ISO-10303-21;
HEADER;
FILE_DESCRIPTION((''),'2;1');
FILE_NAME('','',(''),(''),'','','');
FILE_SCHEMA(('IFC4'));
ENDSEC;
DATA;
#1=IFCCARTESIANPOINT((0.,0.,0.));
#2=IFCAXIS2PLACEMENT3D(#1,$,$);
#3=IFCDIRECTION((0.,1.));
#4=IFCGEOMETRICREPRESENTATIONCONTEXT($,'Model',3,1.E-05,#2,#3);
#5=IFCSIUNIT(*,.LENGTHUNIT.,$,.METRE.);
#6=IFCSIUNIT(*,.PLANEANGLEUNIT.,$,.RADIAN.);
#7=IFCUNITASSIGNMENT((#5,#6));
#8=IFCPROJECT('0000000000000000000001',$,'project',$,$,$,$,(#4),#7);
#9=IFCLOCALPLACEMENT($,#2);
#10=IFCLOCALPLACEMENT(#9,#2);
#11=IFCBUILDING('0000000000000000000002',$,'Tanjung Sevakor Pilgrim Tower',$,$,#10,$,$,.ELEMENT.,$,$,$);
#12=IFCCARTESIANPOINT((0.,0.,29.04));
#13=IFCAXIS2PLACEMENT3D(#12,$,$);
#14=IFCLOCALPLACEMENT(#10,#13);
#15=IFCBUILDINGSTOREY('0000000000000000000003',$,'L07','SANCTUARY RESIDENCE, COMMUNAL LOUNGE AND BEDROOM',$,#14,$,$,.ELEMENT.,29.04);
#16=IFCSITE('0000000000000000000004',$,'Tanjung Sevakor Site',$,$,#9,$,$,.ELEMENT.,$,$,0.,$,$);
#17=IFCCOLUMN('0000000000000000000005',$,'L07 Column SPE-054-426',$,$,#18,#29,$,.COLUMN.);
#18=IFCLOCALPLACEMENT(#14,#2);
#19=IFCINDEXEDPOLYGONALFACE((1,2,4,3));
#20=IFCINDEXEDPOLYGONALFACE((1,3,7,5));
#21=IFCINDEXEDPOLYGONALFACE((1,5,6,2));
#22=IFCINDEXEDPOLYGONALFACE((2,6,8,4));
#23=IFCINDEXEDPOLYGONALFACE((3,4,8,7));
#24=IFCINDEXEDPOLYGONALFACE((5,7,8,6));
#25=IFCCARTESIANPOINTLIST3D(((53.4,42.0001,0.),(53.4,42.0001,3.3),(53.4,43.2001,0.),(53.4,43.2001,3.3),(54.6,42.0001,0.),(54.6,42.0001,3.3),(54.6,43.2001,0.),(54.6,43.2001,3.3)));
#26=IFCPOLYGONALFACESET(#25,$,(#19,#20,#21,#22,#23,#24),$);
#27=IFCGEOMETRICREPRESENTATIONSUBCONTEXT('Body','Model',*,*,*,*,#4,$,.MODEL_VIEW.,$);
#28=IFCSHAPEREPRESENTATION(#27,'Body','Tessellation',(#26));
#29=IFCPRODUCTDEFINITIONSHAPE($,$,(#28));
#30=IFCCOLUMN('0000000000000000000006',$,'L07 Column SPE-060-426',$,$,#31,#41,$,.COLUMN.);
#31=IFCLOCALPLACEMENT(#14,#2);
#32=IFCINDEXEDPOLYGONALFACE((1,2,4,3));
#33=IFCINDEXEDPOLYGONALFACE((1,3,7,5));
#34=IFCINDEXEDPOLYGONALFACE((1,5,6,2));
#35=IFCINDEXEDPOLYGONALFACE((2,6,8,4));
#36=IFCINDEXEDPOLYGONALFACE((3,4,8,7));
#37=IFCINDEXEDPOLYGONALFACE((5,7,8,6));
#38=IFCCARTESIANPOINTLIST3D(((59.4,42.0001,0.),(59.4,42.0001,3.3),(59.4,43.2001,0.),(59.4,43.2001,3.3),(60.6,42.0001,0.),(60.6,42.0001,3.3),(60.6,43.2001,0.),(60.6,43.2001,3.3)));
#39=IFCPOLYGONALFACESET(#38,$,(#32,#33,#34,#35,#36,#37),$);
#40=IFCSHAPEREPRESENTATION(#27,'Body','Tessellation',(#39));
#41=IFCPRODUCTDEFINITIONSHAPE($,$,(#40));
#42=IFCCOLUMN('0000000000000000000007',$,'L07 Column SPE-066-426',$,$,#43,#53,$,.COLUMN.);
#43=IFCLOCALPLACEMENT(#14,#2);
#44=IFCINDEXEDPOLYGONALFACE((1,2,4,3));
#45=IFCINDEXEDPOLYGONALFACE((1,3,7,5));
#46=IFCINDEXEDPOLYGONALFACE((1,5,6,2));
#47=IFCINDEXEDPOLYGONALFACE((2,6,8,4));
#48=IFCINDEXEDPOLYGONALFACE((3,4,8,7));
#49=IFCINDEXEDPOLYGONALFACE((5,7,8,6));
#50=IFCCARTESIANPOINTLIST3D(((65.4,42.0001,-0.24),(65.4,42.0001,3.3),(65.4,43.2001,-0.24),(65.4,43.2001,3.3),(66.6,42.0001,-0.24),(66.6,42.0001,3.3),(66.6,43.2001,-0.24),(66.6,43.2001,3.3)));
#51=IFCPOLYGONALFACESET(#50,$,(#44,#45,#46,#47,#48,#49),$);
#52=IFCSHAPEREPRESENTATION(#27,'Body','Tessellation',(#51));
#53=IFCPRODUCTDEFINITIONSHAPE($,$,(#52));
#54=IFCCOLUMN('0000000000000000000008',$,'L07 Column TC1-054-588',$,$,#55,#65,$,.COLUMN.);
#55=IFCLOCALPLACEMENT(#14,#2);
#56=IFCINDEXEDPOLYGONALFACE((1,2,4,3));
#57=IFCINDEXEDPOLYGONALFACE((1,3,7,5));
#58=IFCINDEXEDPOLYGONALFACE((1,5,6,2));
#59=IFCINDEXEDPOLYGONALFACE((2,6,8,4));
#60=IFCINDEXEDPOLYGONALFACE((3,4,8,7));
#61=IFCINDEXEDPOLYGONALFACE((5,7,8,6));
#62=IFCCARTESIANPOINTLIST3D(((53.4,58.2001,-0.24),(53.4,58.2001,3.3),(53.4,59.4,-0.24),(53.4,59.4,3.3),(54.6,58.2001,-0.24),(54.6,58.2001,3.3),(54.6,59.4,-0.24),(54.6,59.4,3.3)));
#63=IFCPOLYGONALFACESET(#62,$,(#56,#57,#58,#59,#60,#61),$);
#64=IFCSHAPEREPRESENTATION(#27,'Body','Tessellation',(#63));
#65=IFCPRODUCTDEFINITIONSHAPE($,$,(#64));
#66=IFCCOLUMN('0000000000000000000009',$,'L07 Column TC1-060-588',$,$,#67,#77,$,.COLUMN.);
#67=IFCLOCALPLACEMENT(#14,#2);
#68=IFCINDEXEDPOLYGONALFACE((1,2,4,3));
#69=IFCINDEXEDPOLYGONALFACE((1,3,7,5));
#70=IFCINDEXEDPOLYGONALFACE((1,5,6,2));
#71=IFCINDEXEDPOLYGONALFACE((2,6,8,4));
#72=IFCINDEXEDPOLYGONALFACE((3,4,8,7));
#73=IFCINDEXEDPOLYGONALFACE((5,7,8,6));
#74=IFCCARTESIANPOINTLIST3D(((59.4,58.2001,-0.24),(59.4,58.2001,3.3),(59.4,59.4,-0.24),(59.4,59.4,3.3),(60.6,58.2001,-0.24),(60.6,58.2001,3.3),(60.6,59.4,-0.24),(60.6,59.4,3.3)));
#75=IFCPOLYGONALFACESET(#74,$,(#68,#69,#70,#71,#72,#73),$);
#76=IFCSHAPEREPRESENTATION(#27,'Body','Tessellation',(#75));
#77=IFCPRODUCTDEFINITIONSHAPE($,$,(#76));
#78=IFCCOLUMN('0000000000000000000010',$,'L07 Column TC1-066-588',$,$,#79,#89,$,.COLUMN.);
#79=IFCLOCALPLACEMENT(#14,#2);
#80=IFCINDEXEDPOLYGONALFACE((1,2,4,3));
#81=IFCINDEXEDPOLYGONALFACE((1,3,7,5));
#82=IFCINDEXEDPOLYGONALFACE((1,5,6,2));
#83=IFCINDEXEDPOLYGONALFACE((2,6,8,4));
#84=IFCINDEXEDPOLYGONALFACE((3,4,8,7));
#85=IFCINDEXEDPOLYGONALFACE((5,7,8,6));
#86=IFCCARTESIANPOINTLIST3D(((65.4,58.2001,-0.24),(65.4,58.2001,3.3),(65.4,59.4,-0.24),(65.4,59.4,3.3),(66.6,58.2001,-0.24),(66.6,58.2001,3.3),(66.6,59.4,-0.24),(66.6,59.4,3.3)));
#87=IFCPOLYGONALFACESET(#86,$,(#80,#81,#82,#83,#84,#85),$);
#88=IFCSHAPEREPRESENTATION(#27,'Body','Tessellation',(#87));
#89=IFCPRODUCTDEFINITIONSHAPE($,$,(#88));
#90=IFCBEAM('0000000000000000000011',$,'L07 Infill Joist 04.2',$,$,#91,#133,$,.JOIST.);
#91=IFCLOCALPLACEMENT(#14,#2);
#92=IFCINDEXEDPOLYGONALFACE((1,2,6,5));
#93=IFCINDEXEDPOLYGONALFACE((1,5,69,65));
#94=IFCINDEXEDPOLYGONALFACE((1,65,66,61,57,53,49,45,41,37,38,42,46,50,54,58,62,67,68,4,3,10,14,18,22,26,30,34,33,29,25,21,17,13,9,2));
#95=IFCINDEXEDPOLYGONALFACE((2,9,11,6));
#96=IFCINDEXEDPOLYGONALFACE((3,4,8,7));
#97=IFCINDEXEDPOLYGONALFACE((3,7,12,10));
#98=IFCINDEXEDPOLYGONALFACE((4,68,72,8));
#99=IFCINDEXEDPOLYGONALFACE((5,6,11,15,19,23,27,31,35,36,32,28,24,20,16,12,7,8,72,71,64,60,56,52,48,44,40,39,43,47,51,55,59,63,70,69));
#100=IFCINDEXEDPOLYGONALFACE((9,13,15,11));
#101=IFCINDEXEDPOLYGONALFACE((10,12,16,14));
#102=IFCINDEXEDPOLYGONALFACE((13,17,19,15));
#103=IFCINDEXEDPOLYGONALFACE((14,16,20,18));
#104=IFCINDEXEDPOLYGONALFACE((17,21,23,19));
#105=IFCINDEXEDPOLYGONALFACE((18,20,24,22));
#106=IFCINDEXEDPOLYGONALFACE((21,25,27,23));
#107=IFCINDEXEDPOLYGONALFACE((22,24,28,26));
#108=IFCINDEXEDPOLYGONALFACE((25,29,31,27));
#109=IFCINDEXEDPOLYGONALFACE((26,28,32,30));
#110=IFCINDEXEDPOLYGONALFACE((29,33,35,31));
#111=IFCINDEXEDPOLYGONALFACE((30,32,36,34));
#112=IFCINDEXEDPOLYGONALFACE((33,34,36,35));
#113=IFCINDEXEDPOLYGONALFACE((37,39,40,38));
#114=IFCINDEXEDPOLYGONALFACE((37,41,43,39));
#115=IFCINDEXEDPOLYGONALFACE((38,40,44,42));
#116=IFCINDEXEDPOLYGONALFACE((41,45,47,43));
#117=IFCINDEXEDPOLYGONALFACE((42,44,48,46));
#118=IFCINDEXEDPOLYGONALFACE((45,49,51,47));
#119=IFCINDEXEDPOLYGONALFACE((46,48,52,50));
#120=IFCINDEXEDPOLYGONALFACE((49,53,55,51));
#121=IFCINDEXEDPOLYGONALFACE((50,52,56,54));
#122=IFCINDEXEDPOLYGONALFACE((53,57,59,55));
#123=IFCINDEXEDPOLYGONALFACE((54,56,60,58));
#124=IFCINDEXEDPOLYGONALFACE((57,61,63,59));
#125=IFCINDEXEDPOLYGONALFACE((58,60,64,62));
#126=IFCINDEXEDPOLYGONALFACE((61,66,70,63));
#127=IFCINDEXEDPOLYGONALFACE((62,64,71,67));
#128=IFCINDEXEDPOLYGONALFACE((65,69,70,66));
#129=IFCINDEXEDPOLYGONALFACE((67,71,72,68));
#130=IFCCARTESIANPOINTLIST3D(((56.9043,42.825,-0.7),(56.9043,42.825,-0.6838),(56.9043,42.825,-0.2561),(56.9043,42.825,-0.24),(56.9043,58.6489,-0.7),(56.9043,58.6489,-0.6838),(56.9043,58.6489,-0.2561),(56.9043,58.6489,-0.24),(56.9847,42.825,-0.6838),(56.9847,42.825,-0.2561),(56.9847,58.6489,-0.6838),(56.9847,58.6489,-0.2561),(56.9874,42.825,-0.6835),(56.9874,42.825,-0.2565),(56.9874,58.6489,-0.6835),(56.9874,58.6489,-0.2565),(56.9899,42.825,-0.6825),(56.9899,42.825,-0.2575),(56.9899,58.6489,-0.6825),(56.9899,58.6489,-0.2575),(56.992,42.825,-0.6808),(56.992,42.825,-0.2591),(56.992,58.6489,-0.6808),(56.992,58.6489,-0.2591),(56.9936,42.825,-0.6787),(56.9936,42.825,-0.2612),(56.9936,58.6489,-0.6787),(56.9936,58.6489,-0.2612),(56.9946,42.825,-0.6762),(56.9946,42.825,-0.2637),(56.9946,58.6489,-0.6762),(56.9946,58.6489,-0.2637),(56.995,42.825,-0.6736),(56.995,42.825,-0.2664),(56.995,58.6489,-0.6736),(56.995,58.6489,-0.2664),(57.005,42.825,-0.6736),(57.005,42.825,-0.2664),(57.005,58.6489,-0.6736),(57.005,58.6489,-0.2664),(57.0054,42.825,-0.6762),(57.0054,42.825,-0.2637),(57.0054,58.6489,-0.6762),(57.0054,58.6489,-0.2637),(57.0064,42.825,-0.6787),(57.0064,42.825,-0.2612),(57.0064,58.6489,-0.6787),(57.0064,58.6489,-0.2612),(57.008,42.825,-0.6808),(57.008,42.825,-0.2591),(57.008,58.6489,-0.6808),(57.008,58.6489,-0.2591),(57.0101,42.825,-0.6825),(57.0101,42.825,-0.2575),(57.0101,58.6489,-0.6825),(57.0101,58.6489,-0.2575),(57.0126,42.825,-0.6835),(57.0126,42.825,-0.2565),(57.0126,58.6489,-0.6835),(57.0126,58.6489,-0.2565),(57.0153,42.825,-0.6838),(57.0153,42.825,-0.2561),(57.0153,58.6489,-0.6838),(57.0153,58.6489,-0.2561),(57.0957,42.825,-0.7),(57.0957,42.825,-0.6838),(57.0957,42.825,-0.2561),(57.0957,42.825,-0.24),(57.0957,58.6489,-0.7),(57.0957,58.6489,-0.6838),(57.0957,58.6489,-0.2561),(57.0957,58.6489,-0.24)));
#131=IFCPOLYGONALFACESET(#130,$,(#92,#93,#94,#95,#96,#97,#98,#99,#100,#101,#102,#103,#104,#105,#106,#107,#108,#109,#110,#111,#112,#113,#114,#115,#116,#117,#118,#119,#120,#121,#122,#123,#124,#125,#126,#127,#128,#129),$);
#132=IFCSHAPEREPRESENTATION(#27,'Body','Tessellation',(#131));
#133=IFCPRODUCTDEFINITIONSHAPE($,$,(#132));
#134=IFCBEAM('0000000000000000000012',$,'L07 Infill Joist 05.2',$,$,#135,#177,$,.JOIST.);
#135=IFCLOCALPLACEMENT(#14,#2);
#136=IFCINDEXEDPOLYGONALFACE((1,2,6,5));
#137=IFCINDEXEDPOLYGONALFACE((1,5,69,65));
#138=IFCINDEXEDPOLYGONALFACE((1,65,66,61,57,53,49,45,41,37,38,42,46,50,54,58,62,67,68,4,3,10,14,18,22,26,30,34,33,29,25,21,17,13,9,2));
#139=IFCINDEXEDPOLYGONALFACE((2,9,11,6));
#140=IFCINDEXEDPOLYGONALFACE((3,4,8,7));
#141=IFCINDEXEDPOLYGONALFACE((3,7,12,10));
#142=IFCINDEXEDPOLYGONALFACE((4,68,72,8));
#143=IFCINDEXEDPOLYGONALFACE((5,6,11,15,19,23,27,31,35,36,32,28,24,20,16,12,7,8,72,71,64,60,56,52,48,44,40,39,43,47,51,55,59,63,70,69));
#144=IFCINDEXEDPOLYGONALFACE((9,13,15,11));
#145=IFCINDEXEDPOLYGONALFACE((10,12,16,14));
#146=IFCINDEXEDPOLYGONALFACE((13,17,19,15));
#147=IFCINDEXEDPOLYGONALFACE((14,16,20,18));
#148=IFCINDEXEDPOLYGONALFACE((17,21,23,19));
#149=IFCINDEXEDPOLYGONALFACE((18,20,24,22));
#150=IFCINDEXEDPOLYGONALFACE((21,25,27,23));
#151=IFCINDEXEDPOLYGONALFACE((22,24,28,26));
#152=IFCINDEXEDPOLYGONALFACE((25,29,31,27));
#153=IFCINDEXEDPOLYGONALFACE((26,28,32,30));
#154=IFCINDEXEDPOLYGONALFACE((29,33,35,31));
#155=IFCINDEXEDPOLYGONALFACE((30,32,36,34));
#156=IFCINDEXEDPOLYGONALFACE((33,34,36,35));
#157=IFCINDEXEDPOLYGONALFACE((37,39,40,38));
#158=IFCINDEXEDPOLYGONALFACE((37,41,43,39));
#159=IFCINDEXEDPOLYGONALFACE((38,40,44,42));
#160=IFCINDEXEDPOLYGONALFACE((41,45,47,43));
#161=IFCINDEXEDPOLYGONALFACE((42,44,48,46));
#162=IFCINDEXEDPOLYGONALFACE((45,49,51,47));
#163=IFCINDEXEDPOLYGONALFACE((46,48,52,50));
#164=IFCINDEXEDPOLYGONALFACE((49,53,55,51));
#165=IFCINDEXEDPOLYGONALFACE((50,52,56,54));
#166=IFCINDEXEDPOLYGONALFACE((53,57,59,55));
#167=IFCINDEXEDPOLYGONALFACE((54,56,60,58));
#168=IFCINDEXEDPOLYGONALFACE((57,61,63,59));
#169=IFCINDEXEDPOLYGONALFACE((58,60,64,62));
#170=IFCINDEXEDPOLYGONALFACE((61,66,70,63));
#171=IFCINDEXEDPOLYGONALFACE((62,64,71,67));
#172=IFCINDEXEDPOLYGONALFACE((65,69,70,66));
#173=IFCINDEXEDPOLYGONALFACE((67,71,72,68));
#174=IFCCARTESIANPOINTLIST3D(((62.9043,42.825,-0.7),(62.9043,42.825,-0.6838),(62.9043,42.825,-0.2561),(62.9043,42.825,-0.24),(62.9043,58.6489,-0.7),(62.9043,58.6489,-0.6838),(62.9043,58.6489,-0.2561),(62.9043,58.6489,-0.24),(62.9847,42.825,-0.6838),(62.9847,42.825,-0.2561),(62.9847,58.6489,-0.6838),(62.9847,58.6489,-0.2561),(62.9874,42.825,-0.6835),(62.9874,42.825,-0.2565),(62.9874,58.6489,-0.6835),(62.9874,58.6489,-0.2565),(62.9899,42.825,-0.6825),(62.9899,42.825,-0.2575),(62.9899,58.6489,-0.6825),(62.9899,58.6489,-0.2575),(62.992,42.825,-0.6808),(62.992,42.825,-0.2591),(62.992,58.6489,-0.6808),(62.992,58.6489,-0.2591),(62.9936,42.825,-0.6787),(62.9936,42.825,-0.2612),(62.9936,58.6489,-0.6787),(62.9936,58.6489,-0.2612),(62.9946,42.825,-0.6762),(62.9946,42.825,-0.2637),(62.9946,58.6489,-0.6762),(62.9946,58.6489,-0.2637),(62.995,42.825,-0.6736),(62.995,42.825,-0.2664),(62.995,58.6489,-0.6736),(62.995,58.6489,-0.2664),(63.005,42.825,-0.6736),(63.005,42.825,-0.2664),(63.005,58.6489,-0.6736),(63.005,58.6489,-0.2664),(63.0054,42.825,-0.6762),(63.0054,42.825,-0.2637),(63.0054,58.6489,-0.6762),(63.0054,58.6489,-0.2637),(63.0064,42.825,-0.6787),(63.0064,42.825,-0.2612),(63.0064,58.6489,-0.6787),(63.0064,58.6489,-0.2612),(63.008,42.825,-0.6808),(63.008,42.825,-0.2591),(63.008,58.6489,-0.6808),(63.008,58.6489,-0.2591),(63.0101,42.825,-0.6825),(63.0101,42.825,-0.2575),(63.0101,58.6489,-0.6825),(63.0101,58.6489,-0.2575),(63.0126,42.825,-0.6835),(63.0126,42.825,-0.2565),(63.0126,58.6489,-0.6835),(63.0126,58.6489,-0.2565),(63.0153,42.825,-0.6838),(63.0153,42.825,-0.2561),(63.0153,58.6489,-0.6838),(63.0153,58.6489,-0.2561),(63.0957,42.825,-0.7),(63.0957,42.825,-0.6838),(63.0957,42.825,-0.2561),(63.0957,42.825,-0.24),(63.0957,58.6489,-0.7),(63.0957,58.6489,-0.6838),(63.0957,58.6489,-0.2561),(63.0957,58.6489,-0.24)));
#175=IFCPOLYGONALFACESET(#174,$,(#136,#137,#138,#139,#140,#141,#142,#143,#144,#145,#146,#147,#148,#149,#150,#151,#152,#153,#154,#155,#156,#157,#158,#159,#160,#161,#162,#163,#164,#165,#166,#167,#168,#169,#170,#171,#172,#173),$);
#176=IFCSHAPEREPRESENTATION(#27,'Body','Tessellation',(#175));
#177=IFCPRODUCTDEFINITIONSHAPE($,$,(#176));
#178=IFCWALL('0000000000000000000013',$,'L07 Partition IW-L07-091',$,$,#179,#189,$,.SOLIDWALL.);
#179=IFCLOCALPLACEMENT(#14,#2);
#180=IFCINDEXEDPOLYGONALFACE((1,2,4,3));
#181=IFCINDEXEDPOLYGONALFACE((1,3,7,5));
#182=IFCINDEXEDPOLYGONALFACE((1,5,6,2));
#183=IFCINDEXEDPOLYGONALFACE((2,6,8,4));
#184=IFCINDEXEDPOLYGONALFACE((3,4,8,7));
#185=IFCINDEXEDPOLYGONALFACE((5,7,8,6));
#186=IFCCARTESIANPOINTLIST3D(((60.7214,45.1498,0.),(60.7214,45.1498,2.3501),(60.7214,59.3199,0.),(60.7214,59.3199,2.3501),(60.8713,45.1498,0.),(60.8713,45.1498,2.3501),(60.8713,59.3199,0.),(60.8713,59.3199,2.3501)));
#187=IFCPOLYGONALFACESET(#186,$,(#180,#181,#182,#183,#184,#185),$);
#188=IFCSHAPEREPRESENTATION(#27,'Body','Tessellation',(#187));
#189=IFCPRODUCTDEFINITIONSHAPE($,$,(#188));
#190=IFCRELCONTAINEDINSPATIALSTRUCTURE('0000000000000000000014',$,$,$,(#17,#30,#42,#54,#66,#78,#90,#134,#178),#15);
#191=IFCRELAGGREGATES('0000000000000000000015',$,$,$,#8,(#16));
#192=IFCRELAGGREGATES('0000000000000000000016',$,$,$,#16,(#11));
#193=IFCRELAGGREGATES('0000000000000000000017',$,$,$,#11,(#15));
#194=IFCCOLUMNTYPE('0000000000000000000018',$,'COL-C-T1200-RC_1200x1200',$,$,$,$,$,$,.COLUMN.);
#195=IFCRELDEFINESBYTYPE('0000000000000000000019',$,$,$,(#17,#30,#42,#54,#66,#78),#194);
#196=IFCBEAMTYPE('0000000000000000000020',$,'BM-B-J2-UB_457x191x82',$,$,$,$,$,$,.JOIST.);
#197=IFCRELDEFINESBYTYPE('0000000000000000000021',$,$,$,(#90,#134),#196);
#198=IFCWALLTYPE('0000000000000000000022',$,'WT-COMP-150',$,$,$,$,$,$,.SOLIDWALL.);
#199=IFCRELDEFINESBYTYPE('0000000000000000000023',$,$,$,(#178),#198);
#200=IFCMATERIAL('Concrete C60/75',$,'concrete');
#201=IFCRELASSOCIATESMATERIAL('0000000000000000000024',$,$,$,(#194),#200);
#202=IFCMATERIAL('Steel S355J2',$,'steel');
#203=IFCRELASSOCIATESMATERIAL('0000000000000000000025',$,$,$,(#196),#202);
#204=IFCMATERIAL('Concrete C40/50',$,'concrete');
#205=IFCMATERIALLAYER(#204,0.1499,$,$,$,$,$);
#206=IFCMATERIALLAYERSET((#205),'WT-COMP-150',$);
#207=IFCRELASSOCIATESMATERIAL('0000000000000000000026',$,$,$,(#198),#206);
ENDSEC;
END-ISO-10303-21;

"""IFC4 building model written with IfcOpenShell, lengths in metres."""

from ifc_helpers import new_model, si_unit, direction, frame, frame_2d, origin, origin_2d, place, context, subcontext, project, spatial, rectangle, i_section, extrude, material, layer, layer_set, material_profile, profile_set, type_object, element, save


model = new_model("IFC4")

# Units and contexts
model_context = context("Model", 3, precision=1e-05, world=origin(), true_north=direction((0.0, 1.0)))
body_context = subcontext(model_context, "Body", "Model", "MODEL_VIEW")
ifc_project = project(units=[si_unit("LENGTHUNIT", "METRE"), si_unit("PLANEANGLEUNIT", "RADIAN")], contexts=[model_context])

# Site, building, storey
site_placement = place(None, origin())
site = spatial("IfcSite", under=ifc_project, at=site_placement, Name="Tanjung Sevakor Site", CompositionType="ELEMENT", RefElevation=0.0)
building_placement = place(site_placement, origin())
building = spatial("IfcBuilding", under=site, at=building_placement, Name="Tanjung Sevakor Pilgrim Tower", CompositionType="ELEMENT")
storey_placement = place(building_placement, frame((0.0, 0.0, 29.04)))
storey = spatial("IfcBuildingStorey", under=building, at=storey_placement, Name="L07", Description="SANCTUARY RESIDENCE, COMMUNAL LOUNGE AND BEDROOM", CompositionType="ELEMENT", Elevation=29.04)

# Columns
ifc_material_1 = material(Name="Concrete C60/75", Category="concrete")
ifc_material_profile_1 = material_profile(ifc_material_1, rectangle(XDim=1.2, YDim=1.2, at=origin_2d()))
ifc_profile_set_1 = profile_set([ifc_material_profile_1], Name="Concrete C60/75")
column_type = type_object("IfcColumnType", Name="COL-C-T1200-RC_1200x1200", PredefinedType="COLUMN", material=ifc_profile_set_1)
for number, where, z_axis, x_axis, name in (
    (1, (54.0, 42.6001, 0.0), (0.0, 0.0, 1.0), (1.0, 0.0, 0.0), "L07 Column SPE-054-426"),
    (2, (60.0, 42.6001, 0.0), (0.0, 0.0, 1.0), (1.0, 0.0, 0.0), "L07 Column SPE-060-426"),
):
    element("IfcColumn", number, at=place(storey_placement, frame(where, z_axis=z_axis, x_axis=x_axis)), inside=storey, type_object=column_type, Name=name, PredefinedType="COLUMN", context=body_context, shape_type="SweptSolid", body=[
        extrude(rectangle(XDim=1.2, YDim=1.2, at=origin_2d()), origin(), (0.0, 0.0, 1.0), 3.3),
    ])
for number, where, z_axis, x_axis, name in (
    (3, (66.0, 42.6001, -0.24), (0.0, 0.0, 1.0), (1.0, 0.0, 0.0), "L07 Column SPE-066-426"),
    (4, (54.0, 58.8, -0.24), (0.0, 0.0, 1.0), (1.0, 0.0, 0.0), "L07 Column TC1-054-588"),
    (5, (60.0, 58.8, -0.24), (0.0, 0.0, 1.0), (1.0, 0.0, 0.0), "L07 Column TC1-060-588"),
    (6, (66.0, 58.8, -0.24), (0.0, 0.0, 1.0), (1.0, 0.0, 0.0), "L07 Column TC1-066-588"),
):
    element("IfcColumn", number, at=place(storey_placement, frame(where, z_axis=z_axis, x_axis=x_axis)), inside=storey, type_object=column_type, Name=name, PredefinedType="COLUMN", context=body_context, shape_type="SweptSolid", body=[
        extrude(rectangle(XDim=1.2, YDim=1.2, at=origin_2d()), origin(), (0.0, 0.0, 1.0), 3.54),
    ])

# Beams
ifc_material_2 = material(Name="Steel S355J2", Category="steel")
ifc_material_profile_2 = material_profile(ifc_material_2, i_section(OverallWidth=0.1914, OverallDepth=0.46, WebThickness=0.01, FlangeThickness=0.0161, FilletRadius=0.0103, at=origin_2d()))
ifc_profile_set_2 = profile_set([ifc_material_profile_2], Name="Steel S355J2")
beam_type = type_object("IfcBeamType", Name="BM-B-J2-UB_457x191x82", PredefinedType="JOIST", material=ifc_profile_set_2)
for number, where, z_axis, x_axis, name in (
    (7, (57.0, 42.825, -0.47), (0.0, 1.0, 0.0), (-1.0, 0.0, 0.0), "L07 Infill Joist 04.2"),
    (8, (63.0, 42.825, -0.47), (0.0, 1.0, 0.0), (-1.0, 0.0, 0.0), "L07 Infill Joist 05.2"),
):
    element("IfcBeam", number, at=place(storey_placement, frame(where, z_axis=z_axis, x_axis=x_axis)), inside=storey, type_object=beam_type, Name=name, PredefinedType="JOIST", context=body_context, shape_type="SweptSolid", body=[
        extrude(i_section(OverallWidth=0.1914, OverallDepth=0.46, WebThickness=0.01, FlangeThickness=0.0161, FilletRadius=0.0103, at=origin_2d()), origin(), (0.0, 0.0, 1.0), 15.824),
    ])

# Wall
ifc_material_3 = material(Name="Concrete C40/50", Category="concrete")
ifc_layer_1 = layer(ifc_material_3, 0.1499)
ifc_layer_set_1 = layer_set([ifc_layer_1], Name="WT-COMP-150")
wall_type_1 = type_object("IfcWallType", Name="WT-COMP-150", PredefinedType="SOLIDWALL", material=ifc_layer_set_1)
wall_1_placement = place(storey_placement, frame((60.7964, 45.1499, 0.0), z_axis=(0.0, 0.0, 1.0), x_axis=(0.0, 1.0, 0.0)))
element("IfcWall", 9, at=wall_1_placement, inside=storey, type_object=wall_type_1, Name="L07 Partition IW-L07-091", PredefinedType="SOLIDWALL", context=body_context, shape_type="SweptSolid", body=[
    extrude(rectangle(XDim=14.1702, YDim=0.1499, at=frame_2d((7.085, 0.0))), origin(), (0.0, 0.0, 1.0), 2.3501),
])

save(model, "model.ifc")
